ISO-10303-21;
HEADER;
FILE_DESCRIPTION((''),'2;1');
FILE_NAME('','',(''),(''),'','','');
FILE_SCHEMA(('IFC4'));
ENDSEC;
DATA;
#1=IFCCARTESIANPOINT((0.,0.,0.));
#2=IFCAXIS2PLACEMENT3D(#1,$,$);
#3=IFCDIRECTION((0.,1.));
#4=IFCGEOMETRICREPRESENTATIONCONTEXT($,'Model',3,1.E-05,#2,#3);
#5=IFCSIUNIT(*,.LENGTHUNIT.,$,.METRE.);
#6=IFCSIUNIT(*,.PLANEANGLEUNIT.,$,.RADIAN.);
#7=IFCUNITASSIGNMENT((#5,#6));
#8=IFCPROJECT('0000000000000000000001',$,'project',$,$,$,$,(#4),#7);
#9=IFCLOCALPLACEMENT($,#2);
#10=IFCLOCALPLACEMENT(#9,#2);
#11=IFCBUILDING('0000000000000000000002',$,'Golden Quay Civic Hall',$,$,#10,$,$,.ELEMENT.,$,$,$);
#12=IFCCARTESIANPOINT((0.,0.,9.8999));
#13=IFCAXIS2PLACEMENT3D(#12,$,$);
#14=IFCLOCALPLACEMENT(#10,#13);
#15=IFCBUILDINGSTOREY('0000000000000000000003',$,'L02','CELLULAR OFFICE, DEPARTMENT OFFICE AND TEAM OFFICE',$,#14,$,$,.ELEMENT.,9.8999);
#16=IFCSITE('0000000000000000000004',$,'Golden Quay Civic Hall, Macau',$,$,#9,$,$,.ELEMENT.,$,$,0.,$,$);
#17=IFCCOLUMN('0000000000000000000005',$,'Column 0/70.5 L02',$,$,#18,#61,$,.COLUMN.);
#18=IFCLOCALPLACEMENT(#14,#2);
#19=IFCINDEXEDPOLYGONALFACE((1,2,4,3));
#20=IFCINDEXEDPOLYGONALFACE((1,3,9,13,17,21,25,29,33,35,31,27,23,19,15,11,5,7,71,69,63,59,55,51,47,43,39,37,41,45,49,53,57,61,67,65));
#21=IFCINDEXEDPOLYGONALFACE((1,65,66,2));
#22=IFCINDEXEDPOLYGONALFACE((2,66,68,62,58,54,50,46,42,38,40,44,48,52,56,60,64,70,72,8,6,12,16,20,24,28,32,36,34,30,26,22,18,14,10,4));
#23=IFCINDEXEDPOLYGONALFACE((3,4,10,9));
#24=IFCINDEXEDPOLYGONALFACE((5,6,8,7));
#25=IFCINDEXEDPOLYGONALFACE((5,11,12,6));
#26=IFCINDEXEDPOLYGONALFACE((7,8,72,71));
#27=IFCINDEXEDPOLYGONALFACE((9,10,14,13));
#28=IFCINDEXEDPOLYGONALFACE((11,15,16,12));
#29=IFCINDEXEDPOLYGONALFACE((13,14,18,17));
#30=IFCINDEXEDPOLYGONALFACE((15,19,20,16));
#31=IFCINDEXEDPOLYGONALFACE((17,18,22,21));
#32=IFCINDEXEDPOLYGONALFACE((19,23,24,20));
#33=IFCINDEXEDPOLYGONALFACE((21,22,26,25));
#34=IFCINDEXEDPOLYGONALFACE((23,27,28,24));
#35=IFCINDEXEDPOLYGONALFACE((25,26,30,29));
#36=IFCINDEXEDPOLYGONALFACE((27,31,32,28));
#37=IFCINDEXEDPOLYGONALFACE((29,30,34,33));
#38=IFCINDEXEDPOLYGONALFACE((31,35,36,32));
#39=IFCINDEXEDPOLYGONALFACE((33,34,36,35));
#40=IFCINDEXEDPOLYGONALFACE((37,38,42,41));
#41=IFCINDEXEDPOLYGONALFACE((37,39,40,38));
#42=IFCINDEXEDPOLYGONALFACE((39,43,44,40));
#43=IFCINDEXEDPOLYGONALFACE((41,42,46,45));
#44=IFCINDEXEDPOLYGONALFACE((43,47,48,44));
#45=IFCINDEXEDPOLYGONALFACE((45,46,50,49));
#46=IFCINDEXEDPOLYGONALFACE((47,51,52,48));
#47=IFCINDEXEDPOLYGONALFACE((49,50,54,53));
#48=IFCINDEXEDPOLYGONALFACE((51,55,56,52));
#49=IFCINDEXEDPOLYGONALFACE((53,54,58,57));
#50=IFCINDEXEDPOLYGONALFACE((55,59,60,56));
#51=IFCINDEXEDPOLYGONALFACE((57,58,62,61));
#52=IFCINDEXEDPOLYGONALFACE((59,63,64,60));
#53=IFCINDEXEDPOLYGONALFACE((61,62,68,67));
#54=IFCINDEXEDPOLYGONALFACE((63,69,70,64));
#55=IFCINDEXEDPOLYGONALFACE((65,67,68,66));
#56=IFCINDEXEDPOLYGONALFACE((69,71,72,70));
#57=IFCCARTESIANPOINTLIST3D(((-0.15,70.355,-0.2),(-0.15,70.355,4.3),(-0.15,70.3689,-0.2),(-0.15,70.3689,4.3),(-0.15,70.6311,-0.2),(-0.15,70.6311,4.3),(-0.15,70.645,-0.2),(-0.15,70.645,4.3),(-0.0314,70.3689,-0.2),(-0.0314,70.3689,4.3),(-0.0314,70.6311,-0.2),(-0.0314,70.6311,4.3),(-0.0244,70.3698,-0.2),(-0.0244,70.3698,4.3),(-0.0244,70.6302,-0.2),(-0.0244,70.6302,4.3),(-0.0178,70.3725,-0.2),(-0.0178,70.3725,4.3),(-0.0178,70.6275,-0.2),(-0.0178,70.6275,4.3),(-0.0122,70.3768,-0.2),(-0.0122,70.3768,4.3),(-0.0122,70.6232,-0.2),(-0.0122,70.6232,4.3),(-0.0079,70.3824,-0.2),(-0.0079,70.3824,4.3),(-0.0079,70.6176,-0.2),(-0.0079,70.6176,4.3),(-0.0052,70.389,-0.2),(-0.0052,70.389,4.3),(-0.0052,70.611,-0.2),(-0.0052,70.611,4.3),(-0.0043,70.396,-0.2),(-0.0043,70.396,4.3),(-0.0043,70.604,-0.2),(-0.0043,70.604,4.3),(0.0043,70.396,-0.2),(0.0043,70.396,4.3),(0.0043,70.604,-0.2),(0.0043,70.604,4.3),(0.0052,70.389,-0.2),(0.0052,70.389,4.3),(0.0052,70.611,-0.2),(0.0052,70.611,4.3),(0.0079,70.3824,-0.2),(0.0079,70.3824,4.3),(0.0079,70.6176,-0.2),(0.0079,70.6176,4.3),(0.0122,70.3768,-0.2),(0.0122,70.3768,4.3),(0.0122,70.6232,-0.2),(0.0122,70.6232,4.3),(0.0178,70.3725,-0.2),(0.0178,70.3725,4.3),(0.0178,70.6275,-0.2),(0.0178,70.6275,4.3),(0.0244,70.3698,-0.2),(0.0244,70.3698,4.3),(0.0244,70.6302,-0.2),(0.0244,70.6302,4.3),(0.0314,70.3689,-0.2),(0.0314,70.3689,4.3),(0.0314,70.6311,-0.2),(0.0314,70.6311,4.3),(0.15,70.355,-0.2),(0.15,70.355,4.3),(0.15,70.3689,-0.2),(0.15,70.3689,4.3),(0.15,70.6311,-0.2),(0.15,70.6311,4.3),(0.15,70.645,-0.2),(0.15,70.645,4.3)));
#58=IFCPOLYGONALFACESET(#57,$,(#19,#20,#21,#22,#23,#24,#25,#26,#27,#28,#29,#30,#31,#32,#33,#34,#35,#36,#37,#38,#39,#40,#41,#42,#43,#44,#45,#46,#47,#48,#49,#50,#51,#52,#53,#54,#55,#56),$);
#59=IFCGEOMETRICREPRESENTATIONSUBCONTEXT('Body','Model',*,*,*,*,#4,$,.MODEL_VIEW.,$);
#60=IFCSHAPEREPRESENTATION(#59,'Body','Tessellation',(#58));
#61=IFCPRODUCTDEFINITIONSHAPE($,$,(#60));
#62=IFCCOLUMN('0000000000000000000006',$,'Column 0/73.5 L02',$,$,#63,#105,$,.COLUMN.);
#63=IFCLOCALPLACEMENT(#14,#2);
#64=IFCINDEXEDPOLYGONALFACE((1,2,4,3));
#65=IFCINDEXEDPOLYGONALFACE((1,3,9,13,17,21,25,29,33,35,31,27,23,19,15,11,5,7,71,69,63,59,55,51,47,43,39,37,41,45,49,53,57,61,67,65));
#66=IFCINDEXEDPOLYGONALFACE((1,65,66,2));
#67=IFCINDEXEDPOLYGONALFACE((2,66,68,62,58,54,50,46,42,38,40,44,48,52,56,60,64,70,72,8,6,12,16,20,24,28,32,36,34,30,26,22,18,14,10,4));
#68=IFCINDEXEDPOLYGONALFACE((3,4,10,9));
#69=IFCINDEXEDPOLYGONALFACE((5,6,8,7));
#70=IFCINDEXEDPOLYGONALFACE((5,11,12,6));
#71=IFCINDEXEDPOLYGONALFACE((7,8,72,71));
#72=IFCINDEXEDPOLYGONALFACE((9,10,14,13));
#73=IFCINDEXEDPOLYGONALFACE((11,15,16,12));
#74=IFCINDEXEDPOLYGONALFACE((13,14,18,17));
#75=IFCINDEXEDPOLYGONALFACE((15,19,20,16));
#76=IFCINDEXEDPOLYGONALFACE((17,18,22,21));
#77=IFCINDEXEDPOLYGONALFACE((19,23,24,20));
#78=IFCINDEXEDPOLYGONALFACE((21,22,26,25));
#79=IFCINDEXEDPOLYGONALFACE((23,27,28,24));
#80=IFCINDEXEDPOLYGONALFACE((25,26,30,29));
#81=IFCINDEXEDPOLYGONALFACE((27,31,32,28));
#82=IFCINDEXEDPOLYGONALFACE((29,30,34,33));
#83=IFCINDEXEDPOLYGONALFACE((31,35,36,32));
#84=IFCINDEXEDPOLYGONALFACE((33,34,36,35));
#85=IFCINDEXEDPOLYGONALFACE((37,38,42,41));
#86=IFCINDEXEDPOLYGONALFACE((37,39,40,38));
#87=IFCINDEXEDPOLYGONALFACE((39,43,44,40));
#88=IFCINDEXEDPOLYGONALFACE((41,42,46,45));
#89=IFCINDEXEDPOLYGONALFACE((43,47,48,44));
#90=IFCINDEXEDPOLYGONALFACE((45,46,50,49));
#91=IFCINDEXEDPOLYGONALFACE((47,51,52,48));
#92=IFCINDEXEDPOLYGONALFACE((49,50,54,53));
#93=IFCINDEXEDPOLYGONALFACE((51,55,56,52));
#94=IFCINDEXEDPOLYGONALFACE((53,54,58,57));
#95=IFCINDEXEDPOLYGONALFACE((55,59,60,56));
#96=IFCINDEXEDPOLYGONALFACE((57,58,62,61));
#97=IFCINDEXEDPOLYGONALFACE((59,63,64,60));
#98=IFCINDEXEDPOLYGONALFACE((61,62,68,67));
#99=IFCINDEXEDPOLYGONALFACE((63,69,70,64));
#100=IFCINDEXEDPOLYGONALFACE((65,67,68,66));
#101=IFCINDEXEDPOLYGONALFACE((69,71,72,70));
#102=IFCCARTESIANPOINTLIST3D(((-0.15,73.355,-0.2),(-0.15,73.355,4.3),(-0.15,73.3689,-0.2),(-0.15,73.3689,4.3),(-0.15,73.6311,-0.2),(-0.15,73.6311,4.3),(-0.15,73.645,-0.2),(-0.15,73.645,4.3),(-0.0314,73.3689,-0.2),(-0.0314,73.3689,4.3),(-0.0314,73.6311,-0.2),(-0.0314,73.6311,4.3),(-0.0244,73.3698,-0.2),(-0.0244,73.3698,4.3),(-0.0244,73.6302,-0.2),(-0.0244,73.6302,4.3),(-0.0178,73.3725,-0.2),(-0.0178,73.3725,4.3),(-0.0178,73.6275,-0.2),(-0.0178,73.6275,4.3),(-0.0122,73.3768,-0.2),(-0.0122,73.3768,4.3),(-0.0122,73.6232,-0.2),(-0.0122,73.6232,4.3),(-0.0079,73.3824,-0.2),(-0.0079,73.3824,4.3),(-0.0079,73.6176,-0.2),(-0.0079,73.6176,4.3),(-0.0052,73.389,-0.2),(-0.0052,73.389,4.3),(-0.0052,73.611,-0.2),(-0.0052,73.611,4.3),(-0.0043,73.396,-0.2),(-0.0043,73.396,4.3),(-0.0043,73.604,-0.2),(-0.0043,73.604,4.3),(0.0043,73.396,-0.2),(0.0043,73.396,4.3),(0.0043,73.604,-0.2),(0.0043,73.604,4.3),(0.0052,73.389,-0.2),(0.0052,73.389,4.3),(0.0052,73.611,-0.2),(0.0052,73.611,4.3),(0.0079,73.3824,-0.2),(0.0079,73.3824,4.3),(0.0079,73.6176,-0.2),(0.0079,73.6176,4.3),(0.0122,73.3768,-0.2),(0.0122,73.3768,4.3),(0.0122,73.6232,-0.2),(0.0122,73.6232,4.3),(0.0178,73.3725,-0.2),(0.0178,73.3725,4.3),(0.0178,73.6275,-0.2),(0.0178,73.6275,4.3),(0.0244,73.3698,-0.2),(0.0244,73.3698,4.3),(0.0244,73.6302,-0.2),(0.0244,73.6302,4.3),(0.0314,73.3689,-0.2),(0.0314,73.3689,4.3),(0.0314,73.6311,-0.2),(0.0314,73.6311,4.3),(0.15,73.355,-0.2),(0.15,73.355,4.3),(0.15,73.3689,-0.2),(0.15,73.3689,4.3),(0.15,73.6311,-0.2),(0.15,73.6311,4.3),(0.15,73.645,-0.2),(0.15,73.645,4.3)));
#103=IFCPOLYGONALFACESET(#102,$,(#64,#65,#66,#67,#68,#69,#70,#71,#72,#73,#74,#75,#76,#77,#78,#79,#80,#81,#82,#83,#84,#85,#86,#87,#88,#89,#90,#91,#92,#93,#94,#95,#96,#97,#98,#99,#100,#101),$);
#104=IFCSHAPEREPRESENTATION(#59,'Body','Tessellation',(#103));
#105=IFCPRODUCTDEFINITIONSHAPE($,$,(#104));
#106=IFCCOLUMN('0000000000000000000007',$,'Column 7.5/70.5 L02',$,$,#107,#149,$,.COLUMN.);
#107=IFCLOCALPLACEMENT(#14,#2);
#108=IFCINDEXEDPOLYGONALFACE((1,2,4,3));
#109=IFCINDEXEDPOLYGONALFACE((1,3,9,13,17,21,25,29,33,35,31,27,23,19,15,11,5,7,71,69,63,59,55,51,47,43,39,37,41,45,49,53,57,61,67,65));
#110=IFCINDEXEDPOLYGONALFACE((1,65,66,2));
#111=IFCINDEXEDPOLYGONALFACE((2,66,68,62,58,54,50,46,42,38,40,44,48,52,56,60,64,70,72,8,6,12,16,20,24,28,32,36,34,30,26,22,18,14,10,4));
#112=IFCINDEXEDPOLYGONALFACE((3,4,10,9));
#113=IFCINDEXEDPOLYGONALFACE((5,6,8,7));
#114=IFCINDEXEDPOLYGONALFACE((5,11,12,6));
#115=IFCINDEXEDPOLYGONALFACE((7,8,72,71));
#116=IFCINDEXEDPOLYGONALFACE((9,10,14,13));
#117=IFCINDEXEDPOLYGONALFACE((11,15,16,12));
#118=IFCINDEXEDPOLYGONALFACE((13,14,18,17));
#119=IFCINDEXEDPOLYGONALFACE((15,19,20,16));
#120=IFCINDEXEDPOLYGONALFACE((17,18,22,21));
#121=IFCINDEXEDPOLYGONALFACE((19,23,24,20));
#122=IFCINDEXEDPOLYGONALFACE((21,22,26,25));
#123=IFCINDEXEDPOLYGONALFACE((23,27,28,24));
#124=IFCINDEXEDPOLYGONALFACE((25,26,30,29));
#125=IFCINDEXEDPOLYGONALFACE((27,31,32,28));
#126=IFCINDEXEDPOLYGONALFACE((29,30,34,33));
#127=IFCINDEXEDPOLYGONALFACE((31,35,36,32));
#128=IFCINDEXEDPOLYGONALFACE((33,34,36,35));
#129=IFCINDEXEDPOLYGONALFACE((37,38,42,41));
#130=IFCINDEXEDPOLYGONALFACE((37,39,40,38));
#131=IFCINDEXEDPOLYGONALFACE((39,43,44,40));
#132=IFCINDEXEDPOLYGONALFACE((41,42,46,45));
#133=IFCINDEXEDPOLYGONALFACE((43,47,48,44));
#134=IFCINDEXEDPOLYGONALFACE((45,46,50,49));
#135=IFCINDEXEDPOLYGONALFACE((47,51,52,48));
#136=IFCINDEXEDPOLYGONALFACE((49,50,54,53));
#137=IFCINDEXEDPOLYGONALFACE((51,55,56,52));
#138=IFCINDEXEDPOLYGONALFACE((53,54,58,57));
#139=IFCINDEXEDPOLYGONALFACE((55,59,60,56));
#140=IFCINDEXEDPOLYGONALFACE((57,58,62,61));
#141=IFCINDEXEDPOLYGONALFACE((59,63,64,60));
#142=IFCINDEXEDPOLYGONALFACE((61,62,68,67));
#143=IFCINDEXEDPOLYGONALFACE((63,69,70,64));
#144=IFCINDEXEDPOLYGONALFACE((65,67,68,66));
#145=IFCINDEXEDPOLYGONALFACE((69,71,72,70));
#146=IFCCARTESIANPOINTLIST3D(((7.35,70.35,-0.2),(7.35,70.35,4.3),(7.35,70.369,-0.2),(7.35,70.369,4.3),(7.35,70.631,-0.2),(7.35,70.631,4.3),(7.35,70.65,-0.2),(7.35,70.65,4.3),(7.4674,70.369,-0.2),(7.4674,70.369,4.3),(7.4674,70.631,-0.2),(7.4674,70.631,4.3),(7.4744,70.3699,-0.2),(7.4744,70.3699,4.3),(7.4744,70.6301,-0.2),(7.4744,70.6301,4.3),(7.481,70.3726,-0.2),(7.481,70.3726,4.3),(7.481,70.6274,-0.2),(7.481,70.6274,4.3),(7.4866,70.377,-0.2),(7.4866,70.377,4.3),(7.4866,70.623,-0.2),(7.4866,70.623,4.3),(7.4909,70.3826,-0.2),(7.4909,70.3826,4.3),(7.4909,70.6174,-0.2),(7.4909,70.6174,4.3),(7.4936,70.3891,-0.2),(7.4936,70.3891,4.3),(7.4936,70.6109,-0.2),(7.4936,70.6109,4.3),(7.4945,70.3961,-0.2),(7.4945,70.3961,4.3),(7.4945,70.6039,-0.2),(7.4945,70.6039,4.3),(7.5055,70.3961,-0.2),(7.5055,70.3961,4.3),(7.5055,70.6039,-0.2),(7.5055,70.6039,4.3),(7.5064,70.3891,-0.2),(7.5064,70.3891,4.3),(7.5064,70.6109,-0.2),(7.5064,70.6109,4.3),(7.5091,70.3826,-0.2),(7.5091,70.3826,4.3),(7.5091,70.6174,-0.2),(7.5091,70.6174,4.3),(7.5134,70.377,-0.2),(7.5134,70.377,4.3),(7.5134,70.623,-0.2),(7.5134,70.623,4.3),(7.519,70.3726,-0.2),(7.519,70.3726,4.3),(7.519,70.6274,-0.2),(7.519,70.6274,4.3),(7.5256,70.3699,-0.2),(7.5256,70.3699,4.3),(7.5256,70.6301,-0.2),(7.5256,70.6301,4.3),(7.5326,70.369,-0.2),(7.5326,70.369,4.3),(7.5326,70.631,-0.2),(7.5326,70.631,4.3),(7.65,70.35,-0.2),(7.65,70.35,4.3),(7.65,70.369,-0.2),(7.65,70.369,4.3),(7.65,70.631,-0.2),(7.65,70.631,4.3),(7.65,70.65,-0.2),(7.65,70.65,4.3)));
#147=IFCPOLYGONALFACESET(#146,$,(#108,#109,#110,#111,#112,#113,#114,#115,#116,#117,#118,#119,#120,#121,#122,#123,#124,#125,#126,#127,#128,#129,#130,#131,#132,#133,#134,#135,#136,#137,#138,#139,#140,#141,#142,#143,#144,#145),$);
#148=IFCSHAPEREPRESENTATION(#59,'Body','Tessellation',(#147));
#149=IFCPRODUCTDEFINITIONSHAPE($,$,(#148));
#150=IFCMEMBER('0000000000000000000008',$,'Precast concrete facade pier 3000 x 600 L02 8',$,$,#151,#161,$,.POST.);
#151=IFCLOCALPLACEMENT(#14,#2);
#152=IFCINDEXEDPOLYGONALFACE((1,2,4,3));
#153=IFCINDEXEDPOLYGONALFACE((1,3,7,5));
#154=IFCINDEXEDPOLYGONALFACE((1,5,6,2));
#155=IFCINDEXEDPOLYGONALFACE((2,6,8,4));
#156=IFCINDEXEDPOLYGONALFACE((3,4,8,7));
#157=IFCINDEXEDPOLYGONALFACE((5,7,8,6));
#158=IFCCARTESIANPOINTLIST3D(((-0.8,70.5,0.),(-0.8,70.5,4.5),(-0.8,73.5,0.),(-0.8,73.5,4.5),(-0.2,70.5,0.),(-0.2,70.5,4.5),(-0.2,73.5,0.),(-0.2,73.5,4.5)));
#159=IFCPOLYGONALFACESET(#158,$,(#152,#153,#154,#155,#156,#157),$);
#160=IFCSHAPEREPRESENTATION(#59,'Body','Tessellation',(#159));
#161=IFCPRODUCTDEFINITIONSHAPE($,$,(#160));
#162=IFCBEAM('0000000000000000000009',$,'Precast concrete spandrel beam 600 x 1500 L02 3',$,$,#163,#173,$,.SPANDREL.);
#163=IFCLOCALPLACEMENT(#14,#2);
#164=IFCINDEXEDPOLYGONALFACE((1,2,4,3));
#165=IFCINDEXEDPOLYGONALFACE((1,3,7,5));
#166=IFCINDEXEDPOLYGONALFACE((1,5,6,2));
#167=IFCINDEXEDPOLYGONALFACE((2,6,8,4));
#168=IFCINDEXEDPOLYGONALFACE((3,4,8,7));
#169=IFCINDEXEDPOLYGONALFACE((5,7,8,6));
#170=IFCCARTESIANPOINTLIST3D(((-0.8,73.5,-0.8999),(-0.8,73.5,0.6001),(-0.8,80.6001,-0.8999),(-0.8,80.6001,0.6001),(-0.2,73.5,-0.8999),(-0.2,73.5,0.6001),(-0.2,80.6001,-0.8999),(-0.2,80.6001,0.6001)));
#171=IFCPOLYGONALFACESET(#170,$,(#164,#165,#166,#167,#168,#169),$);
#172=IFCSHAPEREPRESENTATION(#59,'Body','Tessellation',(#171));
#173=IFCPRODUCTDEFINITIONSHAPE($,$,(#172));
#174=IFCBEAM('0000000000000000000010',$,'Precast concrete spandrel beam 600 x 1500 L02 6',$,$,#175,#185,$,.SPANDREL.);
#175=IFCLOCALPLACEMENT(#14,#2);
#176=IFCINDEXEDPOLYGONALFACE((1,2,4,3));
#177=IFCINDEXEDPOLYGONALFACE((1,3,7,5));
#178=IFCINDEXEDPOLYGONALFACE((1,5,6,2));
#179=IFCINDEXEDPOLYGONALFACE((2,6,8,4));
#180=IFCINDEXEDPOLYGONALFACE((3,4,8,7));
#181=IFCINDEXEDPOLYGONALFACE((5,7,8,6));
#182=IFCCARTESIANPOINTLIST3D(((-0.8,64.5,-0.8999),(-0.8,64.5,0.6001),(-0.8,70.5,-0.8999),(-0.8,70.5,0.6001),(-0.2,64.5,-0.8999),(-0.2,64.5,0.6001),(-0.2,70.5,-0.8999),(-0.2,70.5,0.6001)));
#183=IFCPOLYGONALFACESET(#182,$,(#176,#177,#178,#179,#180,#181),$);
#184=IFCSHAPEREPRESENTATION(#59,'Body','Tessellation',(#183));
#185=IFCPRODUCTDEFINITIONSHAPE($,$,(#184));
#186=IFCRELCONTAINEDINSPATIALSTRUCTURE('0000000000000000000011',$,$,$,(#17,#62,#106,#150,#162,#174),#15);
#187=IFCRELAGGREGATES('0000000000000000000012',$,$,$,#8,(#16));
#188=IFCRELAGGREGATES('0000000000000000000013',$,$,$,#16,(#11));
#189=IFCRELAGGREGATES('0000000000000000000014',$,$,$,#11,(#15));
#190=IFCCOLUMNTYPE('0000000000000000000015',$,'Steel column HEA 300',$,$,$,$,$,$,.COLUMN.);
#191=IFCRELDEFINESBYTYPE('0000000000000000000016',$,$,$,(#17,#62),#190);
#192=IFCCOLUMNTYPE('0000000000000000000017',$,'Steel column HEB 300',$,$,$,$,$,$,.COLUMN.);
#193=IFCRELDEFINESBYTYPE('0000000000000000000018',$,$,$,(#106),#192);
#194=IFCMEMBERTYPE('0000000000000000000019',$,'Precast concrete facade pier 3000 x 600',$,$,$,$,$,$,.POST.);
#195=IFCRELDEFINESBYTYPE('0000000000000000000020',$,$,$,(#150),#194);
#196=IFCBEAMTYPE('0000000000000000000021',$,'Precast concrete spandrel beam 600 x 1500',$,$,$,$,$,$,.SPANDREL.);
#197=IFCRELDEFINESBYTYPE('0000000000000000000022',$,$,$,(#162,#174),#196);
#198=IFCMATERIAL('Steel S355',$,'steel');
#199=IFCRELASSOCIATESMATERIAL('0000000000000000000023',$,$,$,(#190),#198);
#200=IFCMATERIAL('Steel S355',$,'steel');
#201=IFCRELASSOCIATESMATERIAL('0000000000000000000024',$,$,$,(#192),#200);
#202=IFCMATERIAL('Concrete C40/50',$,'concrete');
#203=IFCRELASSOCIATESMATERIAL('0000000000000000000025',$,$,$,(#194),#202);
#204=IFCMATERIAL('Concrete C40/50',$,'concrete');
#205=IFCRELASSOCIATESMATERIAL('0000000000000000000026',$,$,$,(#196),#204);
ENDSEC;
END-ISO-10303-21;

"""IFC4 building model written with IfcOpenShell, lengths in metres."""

from ifc_helpers import new_model, si_unit, direction, frame, origin, origin_2d, place, context, subcontext, project, spatial, rectangle, i_section, extrude, material, material_profile, profile_set, type_object, element, save


model = new_model("IFC4")

# Units and contexts
model_context = context("Model", 3, precision=1e-05, world=origin(), true_north=direction((0.0, 1.0)))
body_context = subcontext(model_context, "Body", "Model", "MODEL_VIEW")
ifc_project = project(units=[si_unit("LENGTHUNIT", "METRE"), si_unit("PLANEANGLEUNIT", "RADIAN")], contexts=[model_context])

# Site, building, storey
site_placement = place(None, origin())
site = spatial("IfcSite", under=ifc_project, at=site_placement, Name="Golden Quay Civic Hall, Macau", CompositionType="ELEMENT", RefElevation=0.0)
building_placement = place(site_placement, origin())
building = spatial("IfcBuilding", under=site, at=building_placement, Name="Golden Quay Civic Hall", CompositionType="ELEMENT")
storey_placement = place(building_placement, frame((0.0, 0.0, 9.8999)))
storey = spatial("IfcBuildingStorey", under=building, at=storey_placement, Name="L02", Description="CELLULAR OFFICE, DEPARTMENT OFFICE AND TEAM OFFICE", CompositionType="ELEMENT", Elevation=9.8999)

# Columns
ifc_material_1 = material(Name="Steel S355", Category="steel")
ifc_material_profile_1 = material_profile(ifc_material_1, i_section(OverallWidth=0.3, OverallDepth=0.29, WebThickness=0.0085, FlangeThickness=0.0139, FilletRadius=0.0271, at=origin_2d()), Name="HEA 300")
ifc_profile_set_1 = profile_set([ifc_material_profile_1], Name="Steel S355")
column_type_1 = type_object("IfcColumnType", Name="Steel column HEA 300", PredefinedType="COLUMN", material=ifc_profile_set_1)
for number, where, z_axis, x_axis, name in (
    (1, (0.0, 70.5, -0.2), (0.0, 0.0, 1.0), (1.0, 0.0, 0.0), "Column 0/70.5 L02"),
    (2, (0.0, 73.5, -0.2), (0.0, 0.0, 1.0), (1.0, 0.0, 0.0), "Column 0/73.5 L02"),
):
    element("IfcColumn", number, at=place(storey_placement, frame(where, z_axis=z_axis, x_axis=x_axis)), inside=storey, type_object=column_type_1, Name=name, PredefinedType="COLUMN", context=body_context, shape_type="SweptSolid", body=[
        extrude(i_section(OverallWidth=0.3, OverallDepth=0.29, WebThickness=0.0085, FlangeThickness=0.0139, FilletRadius=0.0271, at=origin_2d()), origin(), (0.0, 0.0, 1.0), 4.5),
    ])
ifc_material_2 = material(Name="Steel S355", Category="steel")
ifc_material_profile_2 = material_profile(ifc_material_2, i_section(OverallWidth=0.3, OverallDepth=0.3, WebThickness=0.011, FlangeThickness=0.019, FilletRadius=0.0271, at=origin_2d()), Name="HEB 300")
ifc_profile_set_2 = profile_set([ifc_material_profile_2], Name="Steel S355")
column_type_2 = type_object("IfcColumnType", Name="Steel column HEB 300", PredefinedType="COLUMN", material=ifc_profile_set_2)
column_placement = place(storey_placement, frame((7.5, 70.5, -0.2), z_axis=(0.0, 0.0, 1.0), x_axis=(1.0, 0.0, 0.0)))
element("IfcColumn", 3, at=column_placement, inside=storey, type_object=column_type_2, Name="Column 7.5/70.5 L02", PredefinedType="COLUMN", context=body_context, shape_type="SweptSolid", body=[
    extrude(i_section(OverallWidth=0.3, OverallDepth=0.3, WebThickness=0.011, FlangeThickness=0.019, FilletRadius=0.0271, at=origin_2d()), origin(), (0.0, 0.0, 1.0), 4.5),
])

# Member
ifc_material_3 = material(Name="Concrete C40/50", Category="concrete")
ifc_material_profile_3 = material_profile(ifc_material_3, rectangle(XDim=3.0, YDim=0.6001, at=origin_2d()), Name="RC 3000x600")
ifc_profile_set_3 = profile_set([ifc_material_profile_3], Name="Concrete C40/50")
member_type = type_object("IfcMemberType", Name="Precast concrete facade pier 3000 x 600", PredefinedType="POST", material=ifc_profile_set_3)
member_placement = place(storey_placement, frame((-0.5, 72.0, 0.0), z_axis=(0.0, 0.0, 1.0), x_axis=(0.0, 1.0, 0.0)))
element("IfcMember", 4, at=member_placement, inside=storey, type_object=member_type, Name="Precast concrete facade pier 3000 x 600 L02 8", PredefinedType="POST", context=body_context, shape_type="SweptSolid", body=[
    extrude(rectangle(XDim=3.0, YDim=0.6001, at=origin_2d()), origin(), (0.0, 0.0, 1.0), 4.5),
])

# Beams
ifc_material_4 = material(Name="Concrete C40/50", Category="concrete")
ifc_material_profile_4 = material_profile(ifc_material_4, rectangle(XDim=0.6001, YDim=1.5, at=origin_2d()), Name="RC 600x1500")
ifc_profile_set_4 = profile_set([ifc_material_profile_4], Name="Concrete C40/50")
beam_type_1 = type_object("IfcBeamType", Name="Precast concrete spandrel beam 600 x 1500", PredefinedType="SPANDREL", material=ifc_profile_set_4)
beam_1_placement = place(storey_placement, frame((-0.5, 73.5, -0.1499), z_axis=(0.0, 1.0, 0.0), x_axis=(-1.0, 0.0, 0.0)))
element("IfcBeam", 5, at=beam_1_placement, inside=storey, type_object=beam_type_1, Name="Precast concrete spandrel beam 600 x 1500 L02 3", PredefinedType="SPANDREL", context=body_context, shape_type="SweptSolid", body=[
    extrude(rectangle(XDim=0.6001, YDim=1.5, at=origin_2d()), origin(), (0.0, 0.0, 1.0), 7.1001),
])
beam_2_placement = place(storey_placement, frame((-0.5, 64.5, -0.1499), z_axis=(0.0, 1.0, 0.0), x_axis=(-1.0, 0.0, 0.0)))
element("IfcBeam", 6, at=beam_2_placement, inside=storey, type_object=beam_type_1, Name="Precast concrete spandrel beam 600 x 1500 L02 6", PredefinedType="SPANDREL", context=body_context, shape_type="SweptSolid", body=[
    extrude(rectangle(XDim=0.6001, YDim=1.5, at=origin_2d()), origin(), (0.0, 0.0, 1.0), 6.0),
])

save(model, "model.ifc")
